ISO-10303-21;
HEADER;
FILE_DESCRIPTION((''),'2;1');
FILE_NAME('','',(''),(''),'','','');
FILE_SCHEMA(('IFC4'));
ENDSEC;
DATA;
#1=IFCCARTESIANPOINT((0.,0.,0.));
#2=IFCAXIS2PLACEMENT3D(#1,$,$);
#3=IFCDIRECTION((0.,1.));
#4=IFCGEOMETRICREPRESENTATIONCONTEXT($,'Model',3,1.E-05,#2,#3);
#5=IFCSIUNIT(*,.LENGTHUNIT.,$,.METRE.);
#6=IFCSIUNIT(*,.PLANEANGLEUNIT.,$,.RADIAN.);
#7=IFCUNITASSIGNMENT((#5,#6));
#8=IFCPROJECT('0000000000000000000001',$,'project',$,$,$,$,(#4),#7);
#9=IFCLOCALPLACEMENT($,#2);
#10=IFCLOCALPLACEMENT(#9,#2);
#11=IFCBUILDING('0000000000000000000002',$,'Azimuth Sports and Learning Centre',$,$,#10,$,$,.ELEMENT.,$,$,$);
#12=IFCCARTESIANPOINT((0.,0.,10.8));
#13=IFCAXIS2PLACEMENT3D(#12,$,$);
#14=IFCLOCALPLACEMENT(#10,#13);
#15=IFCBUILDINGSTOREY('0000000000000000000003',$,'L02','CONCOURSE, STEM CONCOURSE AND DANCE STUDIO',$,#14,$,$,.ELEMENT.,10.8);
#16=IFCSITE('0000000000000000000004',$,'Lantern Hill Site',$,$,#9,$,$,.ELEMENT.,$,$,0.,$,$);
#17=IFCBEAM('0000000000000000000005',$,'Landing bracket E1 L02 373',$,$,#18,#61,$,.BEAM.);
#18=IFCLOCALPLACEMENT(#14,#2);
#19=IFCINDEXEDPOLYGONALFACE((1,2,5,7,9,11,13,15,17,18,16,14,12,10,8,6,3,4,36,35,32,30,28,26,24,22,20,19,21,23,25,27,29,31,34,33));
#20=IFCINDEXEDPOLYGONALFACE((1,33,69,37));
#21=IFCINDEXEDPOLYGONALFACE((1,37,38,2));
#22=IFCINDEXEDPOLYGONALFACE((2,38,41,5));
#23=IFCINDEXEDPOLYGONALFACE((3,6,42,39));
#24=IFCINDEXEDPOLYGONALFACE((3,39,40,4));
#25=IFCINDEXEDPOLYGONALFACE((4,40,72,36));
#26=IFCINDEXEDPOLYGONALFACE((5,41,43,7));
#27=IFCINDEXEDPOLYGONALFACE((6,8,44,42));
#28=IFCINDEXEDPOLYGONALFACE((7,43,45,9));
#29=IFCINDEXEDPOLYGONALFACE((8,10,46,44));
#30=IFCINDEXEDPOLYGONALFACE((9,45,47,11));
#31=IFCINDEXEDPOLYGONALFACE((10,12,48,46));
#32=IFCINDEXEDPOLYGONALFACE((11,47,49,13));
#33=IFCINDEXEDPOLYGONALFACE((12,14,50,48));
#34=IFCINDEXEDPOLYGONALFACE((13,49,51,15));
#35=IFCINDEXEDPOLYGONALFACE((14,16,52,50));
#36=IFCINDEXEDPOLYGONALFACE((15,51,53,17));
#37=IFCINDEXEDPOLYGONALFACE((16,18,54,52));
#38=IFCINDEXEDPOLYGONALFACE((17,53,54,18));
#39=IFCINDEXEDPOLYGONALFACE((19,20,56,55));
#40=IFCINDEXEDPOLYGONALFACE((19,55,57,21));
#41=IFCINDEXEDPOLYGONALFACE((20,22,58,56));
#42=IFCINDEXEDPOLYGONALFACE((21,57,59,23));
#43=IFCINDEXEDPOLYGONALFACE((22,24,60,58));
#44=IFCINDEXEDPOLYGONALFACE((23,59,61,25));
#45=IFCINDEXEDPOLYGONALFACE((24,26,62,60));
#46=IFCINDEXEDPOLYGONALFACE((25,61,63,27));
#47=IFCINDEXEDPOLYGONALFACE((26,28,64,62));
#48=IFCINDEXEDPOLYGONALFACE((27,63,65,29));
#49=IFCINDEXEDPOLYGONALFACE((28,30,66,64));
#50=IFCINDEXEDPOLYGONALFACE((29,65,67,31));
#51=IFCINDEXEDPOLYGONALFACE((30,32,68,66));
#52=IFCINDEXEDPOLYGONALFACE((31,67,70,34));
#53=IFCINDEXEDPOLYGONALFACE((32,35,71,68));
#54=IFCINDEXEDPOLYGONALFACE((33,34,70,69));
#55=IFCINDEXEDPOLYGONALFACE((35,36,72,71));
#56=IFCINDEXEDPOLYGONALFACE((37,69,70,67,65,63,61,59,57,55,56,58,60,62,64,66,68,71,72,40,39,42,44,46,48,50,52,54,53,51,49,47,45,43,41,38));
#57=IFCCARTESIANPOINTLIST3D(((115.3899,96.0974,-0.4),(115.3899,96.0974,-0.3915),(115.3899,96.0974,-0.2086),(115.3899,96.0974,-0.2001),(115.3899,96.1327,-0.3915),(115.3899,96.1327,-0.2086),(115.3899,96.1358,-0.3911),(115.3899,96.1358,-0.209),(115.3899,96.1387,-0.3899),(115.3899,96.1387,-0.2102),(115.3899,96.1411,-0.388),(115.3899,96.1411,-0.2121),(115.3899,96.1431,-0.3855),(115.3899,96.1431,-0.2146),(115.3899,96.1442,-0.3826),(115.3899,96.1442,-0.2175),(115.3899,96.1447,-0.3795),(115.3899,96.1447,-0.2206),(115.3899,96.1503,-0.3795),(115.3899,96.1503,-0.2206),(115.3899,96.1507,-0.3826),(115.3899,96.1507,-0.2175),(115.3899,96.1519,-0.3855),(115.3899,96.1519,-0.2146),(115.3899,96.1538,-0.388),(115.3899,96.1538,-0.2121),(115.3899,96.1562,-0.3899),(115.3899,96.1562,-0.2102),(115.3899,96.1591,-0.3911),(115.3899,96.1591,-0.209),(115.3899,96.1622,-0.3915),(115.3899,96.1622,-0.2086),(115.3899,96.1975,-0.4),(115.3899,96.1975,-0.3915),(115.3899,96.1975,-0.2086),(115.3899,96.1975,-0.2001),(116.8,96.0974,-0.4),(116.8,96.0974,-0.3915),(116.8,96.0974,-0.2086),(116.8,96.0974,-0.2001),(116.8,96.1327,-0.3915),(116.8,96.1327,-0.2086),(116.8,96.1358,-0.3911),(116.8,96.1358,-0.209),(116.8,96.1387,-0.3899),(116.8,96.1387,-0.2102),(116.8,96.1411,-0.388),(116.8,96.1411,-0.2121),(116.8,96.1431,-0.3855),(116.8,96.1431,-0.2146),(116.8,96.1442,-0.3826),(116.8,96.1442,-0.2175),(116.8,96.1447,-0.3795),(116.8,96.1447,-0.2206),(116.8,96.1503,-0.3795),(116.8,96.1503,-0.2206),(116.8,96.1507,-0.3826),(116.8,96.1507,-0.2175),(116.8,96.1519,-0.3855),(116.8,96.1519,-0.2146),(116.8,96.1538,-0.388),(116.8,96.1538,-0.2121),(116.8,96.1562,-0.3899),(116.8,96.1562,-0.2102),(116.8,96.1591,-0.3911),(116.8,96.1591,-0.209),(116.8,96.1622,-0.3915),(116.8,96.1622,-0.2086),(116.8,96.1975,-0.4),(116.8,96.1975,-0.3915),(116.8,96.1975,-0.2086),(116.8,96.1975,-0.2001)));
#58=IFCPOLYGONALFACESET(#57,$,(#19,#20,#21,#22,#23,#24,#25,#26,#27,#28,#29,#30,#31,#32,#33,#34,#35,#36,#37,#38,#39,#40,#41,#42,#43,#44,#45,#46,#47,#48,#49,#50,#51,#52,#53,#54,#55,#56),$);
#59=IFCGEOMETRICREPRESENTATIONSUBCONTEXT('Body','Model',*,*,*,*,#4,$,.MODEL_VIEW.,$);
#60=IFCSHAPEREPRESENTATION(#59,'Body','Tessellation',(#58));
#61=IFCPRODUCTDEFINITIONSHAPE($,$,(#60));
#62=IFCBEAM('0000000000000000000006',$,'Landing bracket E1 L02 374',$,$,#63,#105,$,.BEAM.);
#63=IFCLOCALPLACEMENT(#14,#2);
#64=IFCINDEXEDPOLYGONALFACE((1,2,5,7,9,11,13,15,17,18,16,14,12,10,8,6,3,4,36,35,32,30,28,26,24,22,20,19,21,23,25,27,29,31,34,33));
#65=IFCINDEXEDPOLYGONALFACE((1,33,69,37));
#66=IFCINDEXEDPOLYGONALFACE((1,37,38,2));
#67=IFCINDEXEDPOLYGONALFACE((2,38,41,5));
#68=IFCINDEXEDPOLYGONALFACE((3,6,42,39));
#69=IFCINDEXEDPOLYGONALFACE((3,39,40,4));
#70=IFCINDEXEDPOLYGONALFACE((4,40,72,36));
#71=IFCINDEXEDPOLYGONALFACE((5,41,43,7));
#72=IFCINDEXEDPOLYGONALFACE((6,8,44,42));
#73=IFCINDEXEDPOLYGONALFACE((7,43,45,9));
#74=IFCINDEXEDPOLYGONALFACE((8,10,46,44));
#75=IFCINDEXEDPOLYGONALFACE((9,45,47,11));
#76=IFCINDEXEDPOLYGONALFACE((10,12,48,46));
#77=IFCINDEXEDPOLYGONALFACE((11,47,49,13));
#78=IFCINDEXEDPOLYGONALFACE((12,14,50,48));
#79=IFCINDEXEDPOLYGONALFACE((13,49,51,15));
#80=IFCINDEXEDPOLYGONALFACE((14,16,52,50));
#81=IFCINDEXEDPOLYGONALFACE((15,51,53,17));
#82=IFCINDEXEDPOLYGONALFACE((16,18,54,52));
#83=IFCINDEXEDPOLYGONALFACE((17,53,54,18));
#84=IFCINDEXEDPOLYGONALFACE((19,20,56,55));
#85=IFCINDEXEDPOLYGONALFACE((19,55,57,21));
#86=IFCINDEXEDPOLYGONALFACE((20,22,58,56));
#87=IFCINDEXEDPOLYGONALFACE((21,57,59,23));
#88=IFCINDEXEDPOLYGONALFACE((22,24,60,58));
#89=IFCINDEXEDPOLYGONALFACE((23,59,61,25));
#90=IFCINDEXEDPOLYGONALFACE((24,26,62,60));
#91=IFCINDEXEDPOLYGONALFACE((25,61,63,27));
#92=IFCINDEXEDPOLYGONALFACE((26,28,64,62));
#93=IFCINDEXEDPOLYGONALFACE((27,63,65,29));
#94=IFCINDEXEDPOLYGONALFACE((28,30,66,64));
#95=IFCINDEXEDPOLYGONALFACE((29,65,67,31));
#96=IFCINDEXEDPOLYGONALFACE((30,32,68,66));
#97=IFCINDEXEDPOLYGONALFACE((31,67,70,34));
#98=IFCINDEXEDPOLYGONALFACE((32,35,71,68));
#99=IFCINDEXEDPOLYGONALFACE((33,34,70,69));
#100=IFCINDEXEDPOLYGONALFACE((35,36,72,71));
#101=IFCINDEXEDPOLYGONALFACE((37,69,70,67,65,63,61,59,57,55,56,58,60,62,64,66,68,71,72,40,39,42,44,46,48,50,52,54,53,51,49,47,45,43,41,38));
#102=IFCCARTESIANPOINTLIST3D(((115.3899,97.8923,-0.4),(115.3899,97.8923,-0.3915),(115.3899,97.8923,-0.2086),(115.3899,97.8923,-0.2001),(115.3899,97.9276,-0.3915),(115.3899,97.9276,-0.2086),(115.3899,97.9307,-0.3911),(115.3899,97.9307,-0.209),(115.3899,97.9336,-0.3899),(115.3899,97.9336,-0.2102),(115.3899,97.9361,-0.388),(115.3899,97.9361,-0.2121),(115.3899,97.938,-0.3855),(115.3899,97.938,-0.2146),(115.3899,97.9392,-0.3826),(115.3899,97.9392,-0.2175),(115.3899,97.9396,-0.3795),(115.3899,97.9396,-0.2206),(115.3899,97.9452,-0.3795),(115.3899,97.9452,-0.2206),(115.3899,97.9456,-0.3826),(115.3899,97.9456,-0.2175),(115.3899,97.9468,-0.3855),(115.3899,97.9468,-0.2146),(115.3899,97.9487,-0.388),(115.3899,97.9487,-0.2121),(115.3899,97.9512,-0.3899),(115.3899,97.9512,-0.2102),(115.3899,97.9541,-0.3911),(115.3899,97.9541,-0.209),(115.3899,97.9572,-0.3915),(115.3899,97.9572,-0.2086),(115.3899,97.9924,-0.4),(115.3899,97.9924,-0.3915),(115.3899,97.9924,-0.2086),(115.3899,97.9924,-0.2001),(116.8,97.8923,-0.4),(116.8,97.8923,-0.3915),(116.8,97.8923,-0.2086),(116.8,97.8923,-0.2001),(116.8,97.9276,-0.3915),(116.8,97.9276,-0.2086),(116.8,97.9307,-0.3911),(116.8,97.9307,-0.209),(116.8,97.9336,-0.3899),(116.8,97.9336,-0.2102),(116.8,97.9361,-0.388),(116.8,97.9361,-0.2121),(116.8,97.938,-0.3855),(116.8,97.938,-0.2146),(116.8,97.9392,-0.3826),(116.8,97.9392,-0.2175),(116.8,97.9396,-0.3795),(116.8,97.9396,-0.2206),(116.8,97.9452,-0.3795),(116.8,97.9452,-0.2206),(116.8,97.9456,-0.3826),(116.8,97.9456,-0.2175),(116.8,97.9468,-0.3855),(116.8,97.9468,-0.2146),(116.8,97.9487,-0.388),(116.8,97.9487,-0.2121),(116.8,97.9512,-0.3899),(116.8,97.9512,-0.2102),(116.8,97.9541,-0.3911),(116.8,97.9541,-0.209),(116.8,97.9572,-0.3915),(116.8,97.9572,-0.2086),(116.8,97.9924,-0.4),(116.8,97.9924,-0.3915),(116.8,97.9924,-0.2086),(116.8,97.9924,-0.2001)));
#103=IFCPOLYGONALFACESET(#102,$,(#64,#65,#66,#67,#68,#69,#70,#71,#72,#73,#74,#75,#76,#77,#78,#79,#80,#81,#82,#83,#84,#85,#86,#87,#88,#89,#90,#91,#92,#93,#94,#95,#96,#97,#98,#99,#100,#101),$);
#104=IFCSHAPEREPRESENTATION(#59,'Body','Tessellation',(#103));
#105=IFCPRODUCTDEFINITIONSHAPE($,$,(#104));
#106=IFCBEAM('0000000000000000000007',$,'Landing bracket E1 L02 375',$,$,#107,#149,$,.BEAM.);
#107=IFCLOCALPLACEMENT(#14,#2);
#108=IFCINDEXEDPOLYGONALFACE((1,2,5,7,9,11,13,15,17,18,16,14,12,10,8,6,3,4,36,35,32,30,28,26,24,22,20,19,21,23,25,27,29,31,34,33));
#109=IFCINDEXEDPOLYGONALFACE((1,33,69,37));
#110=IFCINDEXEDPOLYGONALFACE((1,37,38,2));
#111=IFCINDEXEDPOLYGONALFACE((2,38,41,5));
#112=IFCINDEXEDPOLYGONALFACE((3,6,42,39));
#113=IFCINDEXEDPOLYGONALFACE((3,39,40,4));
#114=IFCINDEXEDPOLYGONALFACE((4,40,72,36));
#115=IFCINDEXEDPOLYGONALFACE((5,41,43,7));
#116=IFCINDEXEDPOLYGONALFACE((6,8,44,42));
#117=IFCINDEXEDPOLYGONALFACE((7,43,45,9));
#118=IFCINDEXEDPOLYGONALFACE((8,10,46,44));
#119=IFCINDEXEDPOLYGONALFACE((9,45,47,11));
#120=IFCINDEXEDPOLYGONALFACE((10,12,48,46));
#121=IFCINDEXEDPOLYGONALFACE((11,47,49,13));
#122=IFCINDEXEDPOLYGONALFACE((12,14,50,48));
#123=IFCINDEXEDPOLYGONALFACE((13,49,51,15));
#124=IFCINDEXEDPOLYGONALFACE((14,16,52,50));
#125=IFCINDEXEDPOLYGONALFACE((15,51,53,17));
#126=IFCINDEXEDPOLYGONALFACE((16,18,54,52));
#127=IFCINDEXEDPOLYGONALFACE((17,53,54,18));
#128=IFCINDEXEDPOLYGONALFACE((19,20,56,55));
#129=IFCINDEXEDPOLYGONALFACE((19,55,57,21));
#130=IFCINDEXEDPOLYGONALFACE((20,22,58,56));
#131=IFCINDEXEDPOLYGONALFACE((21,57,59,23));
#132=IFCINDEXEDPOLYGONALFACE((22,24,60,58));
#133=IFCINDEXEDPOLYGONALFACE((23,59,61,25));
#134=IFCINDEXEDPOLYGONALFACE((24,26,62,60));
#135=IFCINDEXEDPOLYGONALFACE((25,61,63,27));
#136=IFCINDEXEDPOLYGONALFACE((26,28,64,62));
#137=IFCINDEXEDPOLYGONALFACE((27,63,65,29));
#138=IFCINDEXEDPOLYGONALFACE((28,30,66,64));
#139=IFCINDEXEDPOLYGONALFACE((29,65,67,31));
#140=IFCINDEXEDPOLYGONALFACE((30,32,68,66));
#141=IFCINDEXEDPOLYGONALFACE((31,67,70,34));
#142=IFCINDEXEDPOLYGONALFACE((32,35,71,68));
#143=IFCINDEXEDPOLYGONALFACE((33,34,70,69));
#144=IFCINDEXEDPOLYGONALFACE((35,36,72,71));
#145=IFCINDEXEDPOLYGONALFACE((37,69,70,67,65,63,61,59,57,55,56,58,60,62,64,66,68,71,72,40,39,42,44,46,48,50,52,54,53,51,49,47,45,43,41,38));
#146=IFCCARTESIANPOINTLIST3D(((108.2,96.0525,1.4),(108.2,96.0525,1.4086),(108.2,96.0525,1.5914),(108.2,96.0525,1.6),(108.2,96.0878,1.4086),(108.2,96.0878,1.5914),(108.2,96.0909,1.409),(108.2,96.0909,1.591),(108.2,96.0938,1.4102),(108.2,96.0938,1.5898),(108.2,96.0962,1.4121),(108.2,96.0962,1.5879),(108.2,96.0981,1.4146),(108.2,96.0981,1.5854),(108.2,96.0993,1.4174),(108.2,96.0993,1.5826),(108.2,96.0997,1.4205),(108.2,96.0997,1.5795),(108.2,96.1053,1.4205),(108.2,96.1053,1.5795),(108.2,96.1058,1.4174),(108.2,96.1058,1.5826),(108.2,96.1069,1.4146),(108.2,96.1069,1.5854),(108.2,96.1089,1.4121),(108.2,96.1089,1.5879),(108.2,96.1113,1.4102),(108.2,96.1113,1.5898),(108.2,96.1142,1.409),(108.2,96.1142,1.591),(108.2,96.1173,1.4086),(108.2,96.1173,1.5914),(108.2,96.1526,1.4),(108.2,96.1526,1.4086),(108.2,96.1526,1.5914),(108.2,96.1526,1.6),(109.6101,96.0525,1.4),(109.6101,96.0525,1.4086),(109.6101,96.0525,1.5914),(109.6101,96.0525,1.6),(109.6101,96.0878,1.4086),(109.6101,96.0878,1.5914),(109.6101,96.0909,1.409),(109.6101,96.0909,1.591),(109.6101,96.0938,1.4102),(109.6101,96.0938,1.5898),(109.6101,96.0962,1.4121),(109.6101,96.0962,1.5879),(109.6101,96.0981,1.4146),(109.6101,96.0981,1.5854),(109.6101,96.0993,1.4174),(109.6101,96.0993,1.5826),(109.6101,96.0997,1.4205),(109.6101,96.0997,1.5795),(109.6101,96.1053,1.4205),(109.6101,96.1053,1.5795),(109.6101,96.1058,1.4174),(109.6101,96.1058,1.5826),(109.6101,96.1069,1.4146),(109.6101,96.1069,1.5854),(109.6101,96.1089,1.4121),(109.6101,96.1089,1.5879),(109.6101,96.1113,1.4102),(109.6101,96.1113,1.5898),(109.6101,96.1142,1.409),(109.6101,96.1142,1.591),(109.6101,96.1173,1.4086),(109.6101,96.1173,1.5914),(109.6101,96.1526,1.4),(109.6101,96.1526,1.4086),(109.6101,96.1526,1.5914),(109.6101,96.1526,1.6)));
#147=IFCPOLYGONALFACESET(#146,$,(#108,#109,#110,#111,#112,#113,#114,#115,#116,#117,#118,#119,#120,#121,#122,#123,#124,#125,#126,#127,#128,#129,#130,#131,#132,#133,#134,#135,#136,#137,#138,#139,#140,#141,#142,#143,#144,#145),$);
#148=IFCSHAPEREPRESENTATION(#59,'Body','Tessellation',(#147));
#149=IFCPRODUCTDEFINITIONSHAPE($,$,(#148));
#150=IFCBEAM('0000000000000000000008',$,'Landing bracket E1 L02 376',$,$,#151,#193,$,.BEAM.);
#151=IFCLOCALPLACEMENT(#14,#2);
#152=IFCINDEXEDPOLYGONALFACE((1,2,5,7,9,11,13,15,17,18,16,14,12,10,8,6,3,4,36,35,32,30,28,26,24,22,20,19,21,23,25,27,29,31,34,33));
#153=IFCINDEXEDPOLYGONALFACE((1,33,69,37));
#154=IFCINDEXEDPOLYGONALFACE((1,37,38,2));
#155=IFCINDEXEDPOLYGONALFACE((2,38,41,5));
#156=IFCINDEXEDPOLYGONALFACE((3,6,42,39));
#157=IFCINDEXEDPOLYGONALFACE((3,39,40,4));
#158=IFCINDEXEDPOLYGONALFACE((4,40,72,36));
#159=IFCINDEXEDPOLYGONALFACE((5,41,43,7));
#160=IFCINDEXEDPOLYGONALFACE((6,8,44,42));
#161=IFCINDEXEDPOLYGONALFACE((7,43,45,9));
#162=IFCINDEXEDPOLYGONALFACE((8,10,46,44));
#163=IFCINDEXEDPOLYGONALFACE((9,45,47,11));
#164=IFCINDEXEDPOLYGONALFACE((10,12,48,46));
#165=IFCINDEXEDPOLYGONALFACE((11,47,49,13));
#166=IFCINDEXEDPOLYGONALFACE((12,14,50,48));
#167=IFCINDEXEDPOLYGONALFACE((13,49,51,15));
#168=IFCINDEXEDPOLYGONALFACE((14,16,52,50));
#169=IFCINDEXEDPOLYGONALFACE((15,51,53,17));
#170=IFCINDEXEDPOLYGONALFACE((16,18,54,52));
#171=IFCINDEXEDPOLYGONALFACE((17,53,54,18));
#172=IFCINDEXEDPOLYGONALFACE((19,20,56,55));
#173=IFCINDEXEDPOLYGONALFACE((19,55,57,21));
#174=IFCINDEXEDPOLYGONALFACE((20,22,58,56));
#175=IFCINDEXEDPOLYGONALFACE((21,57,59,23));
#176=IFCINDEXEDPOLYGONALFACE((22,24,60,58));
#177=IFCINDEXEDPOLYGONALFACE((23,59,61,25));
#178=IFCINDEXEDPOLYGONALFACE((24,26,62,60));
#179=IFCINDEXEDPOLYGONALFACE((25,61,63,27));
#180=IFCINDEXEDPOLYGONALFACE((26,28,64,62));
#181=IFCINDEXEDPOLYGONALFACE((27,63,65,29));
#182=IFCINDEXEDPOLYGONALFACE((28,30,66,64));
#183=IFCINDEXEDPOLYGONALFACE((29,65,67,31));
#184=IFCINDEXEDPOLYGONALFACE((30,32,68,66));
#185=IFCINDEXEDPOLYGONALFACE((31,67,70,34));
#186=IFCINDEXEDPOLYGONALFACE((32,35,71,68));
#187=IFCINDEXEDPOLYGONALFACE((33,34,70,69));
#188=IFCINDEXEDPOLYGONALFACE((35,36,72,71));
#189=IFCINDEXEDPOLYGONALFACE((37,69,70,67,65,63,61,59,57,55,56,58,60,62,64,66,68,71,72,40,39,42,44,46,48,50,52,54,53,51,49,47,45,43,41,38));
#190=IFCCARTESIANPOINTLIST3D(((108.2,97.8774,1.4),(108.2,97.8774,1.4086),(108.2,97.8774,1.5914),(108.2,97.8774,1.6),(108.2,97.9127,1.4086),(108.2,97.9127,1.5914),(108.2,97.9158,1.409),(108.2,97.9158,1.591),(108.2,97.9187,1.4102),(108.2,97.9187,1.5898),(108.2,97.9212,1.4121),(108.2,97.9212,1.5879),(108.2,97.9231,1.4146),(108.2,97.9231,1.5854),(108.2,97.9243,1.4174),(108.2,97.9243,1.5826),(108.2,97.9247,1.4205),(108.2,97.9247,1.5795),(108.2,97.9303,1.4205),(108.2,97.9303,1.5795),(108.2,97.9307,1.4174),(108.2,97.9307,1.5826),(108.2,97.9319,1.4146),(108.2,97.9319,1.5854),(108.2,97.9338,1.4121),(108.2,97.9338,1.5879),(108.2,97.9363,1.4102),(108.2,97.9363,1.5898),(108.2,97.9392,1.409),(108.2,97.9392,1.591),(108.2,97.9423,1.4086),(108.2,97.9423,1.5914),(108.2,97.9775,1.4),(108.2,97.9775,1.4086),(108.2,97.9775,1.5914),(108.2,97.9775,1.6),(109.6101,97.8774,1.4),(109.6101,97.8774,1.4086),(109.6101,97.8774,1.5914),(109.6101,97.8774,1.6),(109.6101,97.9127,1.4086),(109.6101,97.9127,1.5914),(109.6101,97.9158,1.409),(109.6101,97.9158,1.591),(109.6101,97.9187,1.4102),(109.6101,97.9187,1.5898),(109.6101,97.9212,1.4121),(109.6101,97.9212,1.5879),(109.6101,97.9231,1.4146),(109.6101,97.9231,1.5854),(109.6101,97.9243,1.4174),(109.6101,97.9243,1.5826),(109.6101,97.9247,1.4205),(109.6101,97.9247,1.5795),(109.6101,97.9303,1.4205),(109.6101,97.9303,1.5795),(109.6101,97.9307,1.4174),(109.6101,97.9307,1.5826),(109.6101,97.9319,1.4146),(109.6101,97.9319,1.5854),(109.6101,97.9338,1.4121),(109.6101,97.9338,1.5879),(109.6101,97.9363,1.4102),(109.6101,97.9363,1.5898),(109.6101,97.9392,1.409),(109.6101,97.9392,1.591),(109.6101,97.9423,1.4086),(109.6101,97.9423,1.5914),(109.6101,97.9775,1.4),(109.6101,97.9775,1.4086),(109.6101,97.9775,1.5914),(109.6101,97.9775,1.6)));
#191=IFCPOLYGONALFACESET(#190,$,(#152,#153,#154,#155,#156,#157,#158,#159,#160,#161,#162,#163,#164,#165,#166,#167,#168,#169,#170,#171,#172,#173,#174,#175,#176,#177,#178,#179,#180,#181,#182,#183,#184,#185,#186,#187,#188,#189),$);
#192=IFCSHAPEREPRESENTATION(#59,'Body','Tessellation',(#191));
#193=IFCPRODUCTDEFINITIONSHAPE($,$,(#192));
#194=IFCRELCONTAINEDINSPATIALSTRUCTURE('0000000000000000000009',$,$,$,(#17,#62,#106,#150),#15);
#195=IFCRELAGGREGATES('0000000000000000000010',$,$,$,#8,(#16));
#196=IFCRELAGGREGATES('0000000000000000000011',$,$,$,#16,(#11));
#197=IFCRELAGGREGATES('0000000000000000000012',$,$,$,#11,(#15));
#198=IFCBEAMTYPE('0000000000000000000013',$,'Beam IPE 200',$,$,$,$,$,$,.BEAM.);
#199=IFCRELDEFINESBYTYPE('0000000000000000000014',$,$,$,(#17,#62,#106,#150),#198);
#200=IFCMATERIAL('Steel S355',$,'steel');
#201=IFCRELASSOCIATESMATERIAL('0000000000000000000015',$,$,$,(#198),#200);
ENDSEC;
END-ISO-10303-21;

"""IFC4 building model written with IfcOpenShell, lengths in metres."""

from ifc_helpers import new_model, si_unit, direction, frame, origin, origin_2d, place, context, subcontext, project, spatial, i_section, extrude, material, material_profile, profile_set, type_object, element, save


model = new_model("IFC4")

# Units and contexts
model_context = context("Model", 3, precision=1e-05, world=origin(), true_north=direction((0.0, 1.0)))
body_context = subcontext(model_context, "Body", "Model", "MODEL_VIEW")
ifc_project = project(units=[si_unit("LENGTHUNIT", "METRE"), si_unit("PLANEANGLEUNIT", "RADIAN")], contexts=[model_context])

# Site, building, storey
site_placement = place(None, origin())
site = spatial("IfcSite", under=ifc_project, at=site_placement, Name="Lantern Hill Site", CompositionType="ELEMENT", RefElevation=0.0)
building_placement = place(site_placement, origin())
building = spatial("IfcBuilding", under=site, at=building_placement, Name="Azimuth Sports and Learning Centre", CompositionType="ELEMENT")
storey_placement = place(building_placement, frame((0.0, 0.0, 10.8)))
storey = spatial("IfcBuildingStorey", under=building, at=storey_placement, Name="L02", Description="CONCOURSE, STEM CONCOURSE AND DANCE STUDIO", CompositionType="ELEMENT", Elevation=10.8)

# Beams
ifc_material_1 = material(Name="Steel S355", Category="steel")
ifc_material_profile = material_profile(ifc_material_1, i_section(OverallWidth=0.1001, OverallDepth=0.2, WebThickness=0.0056, FlangeThickness=0.0085, FilletRadius=0.012, at=origin_2d()), Name="IPE 200")
ifc_profile_set = profile_set([ifc_material_profile], Name="Steel S355")
beam_type = type_object("IfcBeamType", Name="Beam IPE 200", PredefinedType="BEAM", material=ifc_profile_set)
for number, where, z_axis, x_axis, name in (
    (1, (116.8, 96.1475, -0.3), (-1.0, 0.0, 0.0), (0.0, -1.0, 0.0), "Landing bracket E1 L02 373"),
    (2, (116.8, 97.9424, -0.3), (-1.0, 0.0, 0.0), (0.0, -1.0, 0.0), "Landing bracket E1 L02 374"),
    (3, (108.2, 96.1025, 1.5), (1.0, 0.0, 0.0), (0.0, 1.0, 0.0), "Landing bracket E1 L02 375"),
    (4, (108.2, 97.9275, 1.5), (1.0, 0.0, 0.0), (0.0, 1.0, 0.0), "Landing bracket E1 L02 376"),
):
    element("IfcBeam", number, at=place(storey_placement, frame(where, z_axis=z_axis, x_axis=x_axis)), inside=storey, type_object=beam_type, Name=name, PredefinedType="BEAM", context=body_context, shape_type="SweptSolid", body=[
        extrude(i_section(OverallWidth=0.1001, OverallDepth=0.2, WebThickness=0.0056, FlangeThickness=0.0085, FilletRadius=0.012, at=origin_2d()), origin(), (0.0, 0.0, 1.0), 1.4102),
    ])

save(model, "model.ifc")
